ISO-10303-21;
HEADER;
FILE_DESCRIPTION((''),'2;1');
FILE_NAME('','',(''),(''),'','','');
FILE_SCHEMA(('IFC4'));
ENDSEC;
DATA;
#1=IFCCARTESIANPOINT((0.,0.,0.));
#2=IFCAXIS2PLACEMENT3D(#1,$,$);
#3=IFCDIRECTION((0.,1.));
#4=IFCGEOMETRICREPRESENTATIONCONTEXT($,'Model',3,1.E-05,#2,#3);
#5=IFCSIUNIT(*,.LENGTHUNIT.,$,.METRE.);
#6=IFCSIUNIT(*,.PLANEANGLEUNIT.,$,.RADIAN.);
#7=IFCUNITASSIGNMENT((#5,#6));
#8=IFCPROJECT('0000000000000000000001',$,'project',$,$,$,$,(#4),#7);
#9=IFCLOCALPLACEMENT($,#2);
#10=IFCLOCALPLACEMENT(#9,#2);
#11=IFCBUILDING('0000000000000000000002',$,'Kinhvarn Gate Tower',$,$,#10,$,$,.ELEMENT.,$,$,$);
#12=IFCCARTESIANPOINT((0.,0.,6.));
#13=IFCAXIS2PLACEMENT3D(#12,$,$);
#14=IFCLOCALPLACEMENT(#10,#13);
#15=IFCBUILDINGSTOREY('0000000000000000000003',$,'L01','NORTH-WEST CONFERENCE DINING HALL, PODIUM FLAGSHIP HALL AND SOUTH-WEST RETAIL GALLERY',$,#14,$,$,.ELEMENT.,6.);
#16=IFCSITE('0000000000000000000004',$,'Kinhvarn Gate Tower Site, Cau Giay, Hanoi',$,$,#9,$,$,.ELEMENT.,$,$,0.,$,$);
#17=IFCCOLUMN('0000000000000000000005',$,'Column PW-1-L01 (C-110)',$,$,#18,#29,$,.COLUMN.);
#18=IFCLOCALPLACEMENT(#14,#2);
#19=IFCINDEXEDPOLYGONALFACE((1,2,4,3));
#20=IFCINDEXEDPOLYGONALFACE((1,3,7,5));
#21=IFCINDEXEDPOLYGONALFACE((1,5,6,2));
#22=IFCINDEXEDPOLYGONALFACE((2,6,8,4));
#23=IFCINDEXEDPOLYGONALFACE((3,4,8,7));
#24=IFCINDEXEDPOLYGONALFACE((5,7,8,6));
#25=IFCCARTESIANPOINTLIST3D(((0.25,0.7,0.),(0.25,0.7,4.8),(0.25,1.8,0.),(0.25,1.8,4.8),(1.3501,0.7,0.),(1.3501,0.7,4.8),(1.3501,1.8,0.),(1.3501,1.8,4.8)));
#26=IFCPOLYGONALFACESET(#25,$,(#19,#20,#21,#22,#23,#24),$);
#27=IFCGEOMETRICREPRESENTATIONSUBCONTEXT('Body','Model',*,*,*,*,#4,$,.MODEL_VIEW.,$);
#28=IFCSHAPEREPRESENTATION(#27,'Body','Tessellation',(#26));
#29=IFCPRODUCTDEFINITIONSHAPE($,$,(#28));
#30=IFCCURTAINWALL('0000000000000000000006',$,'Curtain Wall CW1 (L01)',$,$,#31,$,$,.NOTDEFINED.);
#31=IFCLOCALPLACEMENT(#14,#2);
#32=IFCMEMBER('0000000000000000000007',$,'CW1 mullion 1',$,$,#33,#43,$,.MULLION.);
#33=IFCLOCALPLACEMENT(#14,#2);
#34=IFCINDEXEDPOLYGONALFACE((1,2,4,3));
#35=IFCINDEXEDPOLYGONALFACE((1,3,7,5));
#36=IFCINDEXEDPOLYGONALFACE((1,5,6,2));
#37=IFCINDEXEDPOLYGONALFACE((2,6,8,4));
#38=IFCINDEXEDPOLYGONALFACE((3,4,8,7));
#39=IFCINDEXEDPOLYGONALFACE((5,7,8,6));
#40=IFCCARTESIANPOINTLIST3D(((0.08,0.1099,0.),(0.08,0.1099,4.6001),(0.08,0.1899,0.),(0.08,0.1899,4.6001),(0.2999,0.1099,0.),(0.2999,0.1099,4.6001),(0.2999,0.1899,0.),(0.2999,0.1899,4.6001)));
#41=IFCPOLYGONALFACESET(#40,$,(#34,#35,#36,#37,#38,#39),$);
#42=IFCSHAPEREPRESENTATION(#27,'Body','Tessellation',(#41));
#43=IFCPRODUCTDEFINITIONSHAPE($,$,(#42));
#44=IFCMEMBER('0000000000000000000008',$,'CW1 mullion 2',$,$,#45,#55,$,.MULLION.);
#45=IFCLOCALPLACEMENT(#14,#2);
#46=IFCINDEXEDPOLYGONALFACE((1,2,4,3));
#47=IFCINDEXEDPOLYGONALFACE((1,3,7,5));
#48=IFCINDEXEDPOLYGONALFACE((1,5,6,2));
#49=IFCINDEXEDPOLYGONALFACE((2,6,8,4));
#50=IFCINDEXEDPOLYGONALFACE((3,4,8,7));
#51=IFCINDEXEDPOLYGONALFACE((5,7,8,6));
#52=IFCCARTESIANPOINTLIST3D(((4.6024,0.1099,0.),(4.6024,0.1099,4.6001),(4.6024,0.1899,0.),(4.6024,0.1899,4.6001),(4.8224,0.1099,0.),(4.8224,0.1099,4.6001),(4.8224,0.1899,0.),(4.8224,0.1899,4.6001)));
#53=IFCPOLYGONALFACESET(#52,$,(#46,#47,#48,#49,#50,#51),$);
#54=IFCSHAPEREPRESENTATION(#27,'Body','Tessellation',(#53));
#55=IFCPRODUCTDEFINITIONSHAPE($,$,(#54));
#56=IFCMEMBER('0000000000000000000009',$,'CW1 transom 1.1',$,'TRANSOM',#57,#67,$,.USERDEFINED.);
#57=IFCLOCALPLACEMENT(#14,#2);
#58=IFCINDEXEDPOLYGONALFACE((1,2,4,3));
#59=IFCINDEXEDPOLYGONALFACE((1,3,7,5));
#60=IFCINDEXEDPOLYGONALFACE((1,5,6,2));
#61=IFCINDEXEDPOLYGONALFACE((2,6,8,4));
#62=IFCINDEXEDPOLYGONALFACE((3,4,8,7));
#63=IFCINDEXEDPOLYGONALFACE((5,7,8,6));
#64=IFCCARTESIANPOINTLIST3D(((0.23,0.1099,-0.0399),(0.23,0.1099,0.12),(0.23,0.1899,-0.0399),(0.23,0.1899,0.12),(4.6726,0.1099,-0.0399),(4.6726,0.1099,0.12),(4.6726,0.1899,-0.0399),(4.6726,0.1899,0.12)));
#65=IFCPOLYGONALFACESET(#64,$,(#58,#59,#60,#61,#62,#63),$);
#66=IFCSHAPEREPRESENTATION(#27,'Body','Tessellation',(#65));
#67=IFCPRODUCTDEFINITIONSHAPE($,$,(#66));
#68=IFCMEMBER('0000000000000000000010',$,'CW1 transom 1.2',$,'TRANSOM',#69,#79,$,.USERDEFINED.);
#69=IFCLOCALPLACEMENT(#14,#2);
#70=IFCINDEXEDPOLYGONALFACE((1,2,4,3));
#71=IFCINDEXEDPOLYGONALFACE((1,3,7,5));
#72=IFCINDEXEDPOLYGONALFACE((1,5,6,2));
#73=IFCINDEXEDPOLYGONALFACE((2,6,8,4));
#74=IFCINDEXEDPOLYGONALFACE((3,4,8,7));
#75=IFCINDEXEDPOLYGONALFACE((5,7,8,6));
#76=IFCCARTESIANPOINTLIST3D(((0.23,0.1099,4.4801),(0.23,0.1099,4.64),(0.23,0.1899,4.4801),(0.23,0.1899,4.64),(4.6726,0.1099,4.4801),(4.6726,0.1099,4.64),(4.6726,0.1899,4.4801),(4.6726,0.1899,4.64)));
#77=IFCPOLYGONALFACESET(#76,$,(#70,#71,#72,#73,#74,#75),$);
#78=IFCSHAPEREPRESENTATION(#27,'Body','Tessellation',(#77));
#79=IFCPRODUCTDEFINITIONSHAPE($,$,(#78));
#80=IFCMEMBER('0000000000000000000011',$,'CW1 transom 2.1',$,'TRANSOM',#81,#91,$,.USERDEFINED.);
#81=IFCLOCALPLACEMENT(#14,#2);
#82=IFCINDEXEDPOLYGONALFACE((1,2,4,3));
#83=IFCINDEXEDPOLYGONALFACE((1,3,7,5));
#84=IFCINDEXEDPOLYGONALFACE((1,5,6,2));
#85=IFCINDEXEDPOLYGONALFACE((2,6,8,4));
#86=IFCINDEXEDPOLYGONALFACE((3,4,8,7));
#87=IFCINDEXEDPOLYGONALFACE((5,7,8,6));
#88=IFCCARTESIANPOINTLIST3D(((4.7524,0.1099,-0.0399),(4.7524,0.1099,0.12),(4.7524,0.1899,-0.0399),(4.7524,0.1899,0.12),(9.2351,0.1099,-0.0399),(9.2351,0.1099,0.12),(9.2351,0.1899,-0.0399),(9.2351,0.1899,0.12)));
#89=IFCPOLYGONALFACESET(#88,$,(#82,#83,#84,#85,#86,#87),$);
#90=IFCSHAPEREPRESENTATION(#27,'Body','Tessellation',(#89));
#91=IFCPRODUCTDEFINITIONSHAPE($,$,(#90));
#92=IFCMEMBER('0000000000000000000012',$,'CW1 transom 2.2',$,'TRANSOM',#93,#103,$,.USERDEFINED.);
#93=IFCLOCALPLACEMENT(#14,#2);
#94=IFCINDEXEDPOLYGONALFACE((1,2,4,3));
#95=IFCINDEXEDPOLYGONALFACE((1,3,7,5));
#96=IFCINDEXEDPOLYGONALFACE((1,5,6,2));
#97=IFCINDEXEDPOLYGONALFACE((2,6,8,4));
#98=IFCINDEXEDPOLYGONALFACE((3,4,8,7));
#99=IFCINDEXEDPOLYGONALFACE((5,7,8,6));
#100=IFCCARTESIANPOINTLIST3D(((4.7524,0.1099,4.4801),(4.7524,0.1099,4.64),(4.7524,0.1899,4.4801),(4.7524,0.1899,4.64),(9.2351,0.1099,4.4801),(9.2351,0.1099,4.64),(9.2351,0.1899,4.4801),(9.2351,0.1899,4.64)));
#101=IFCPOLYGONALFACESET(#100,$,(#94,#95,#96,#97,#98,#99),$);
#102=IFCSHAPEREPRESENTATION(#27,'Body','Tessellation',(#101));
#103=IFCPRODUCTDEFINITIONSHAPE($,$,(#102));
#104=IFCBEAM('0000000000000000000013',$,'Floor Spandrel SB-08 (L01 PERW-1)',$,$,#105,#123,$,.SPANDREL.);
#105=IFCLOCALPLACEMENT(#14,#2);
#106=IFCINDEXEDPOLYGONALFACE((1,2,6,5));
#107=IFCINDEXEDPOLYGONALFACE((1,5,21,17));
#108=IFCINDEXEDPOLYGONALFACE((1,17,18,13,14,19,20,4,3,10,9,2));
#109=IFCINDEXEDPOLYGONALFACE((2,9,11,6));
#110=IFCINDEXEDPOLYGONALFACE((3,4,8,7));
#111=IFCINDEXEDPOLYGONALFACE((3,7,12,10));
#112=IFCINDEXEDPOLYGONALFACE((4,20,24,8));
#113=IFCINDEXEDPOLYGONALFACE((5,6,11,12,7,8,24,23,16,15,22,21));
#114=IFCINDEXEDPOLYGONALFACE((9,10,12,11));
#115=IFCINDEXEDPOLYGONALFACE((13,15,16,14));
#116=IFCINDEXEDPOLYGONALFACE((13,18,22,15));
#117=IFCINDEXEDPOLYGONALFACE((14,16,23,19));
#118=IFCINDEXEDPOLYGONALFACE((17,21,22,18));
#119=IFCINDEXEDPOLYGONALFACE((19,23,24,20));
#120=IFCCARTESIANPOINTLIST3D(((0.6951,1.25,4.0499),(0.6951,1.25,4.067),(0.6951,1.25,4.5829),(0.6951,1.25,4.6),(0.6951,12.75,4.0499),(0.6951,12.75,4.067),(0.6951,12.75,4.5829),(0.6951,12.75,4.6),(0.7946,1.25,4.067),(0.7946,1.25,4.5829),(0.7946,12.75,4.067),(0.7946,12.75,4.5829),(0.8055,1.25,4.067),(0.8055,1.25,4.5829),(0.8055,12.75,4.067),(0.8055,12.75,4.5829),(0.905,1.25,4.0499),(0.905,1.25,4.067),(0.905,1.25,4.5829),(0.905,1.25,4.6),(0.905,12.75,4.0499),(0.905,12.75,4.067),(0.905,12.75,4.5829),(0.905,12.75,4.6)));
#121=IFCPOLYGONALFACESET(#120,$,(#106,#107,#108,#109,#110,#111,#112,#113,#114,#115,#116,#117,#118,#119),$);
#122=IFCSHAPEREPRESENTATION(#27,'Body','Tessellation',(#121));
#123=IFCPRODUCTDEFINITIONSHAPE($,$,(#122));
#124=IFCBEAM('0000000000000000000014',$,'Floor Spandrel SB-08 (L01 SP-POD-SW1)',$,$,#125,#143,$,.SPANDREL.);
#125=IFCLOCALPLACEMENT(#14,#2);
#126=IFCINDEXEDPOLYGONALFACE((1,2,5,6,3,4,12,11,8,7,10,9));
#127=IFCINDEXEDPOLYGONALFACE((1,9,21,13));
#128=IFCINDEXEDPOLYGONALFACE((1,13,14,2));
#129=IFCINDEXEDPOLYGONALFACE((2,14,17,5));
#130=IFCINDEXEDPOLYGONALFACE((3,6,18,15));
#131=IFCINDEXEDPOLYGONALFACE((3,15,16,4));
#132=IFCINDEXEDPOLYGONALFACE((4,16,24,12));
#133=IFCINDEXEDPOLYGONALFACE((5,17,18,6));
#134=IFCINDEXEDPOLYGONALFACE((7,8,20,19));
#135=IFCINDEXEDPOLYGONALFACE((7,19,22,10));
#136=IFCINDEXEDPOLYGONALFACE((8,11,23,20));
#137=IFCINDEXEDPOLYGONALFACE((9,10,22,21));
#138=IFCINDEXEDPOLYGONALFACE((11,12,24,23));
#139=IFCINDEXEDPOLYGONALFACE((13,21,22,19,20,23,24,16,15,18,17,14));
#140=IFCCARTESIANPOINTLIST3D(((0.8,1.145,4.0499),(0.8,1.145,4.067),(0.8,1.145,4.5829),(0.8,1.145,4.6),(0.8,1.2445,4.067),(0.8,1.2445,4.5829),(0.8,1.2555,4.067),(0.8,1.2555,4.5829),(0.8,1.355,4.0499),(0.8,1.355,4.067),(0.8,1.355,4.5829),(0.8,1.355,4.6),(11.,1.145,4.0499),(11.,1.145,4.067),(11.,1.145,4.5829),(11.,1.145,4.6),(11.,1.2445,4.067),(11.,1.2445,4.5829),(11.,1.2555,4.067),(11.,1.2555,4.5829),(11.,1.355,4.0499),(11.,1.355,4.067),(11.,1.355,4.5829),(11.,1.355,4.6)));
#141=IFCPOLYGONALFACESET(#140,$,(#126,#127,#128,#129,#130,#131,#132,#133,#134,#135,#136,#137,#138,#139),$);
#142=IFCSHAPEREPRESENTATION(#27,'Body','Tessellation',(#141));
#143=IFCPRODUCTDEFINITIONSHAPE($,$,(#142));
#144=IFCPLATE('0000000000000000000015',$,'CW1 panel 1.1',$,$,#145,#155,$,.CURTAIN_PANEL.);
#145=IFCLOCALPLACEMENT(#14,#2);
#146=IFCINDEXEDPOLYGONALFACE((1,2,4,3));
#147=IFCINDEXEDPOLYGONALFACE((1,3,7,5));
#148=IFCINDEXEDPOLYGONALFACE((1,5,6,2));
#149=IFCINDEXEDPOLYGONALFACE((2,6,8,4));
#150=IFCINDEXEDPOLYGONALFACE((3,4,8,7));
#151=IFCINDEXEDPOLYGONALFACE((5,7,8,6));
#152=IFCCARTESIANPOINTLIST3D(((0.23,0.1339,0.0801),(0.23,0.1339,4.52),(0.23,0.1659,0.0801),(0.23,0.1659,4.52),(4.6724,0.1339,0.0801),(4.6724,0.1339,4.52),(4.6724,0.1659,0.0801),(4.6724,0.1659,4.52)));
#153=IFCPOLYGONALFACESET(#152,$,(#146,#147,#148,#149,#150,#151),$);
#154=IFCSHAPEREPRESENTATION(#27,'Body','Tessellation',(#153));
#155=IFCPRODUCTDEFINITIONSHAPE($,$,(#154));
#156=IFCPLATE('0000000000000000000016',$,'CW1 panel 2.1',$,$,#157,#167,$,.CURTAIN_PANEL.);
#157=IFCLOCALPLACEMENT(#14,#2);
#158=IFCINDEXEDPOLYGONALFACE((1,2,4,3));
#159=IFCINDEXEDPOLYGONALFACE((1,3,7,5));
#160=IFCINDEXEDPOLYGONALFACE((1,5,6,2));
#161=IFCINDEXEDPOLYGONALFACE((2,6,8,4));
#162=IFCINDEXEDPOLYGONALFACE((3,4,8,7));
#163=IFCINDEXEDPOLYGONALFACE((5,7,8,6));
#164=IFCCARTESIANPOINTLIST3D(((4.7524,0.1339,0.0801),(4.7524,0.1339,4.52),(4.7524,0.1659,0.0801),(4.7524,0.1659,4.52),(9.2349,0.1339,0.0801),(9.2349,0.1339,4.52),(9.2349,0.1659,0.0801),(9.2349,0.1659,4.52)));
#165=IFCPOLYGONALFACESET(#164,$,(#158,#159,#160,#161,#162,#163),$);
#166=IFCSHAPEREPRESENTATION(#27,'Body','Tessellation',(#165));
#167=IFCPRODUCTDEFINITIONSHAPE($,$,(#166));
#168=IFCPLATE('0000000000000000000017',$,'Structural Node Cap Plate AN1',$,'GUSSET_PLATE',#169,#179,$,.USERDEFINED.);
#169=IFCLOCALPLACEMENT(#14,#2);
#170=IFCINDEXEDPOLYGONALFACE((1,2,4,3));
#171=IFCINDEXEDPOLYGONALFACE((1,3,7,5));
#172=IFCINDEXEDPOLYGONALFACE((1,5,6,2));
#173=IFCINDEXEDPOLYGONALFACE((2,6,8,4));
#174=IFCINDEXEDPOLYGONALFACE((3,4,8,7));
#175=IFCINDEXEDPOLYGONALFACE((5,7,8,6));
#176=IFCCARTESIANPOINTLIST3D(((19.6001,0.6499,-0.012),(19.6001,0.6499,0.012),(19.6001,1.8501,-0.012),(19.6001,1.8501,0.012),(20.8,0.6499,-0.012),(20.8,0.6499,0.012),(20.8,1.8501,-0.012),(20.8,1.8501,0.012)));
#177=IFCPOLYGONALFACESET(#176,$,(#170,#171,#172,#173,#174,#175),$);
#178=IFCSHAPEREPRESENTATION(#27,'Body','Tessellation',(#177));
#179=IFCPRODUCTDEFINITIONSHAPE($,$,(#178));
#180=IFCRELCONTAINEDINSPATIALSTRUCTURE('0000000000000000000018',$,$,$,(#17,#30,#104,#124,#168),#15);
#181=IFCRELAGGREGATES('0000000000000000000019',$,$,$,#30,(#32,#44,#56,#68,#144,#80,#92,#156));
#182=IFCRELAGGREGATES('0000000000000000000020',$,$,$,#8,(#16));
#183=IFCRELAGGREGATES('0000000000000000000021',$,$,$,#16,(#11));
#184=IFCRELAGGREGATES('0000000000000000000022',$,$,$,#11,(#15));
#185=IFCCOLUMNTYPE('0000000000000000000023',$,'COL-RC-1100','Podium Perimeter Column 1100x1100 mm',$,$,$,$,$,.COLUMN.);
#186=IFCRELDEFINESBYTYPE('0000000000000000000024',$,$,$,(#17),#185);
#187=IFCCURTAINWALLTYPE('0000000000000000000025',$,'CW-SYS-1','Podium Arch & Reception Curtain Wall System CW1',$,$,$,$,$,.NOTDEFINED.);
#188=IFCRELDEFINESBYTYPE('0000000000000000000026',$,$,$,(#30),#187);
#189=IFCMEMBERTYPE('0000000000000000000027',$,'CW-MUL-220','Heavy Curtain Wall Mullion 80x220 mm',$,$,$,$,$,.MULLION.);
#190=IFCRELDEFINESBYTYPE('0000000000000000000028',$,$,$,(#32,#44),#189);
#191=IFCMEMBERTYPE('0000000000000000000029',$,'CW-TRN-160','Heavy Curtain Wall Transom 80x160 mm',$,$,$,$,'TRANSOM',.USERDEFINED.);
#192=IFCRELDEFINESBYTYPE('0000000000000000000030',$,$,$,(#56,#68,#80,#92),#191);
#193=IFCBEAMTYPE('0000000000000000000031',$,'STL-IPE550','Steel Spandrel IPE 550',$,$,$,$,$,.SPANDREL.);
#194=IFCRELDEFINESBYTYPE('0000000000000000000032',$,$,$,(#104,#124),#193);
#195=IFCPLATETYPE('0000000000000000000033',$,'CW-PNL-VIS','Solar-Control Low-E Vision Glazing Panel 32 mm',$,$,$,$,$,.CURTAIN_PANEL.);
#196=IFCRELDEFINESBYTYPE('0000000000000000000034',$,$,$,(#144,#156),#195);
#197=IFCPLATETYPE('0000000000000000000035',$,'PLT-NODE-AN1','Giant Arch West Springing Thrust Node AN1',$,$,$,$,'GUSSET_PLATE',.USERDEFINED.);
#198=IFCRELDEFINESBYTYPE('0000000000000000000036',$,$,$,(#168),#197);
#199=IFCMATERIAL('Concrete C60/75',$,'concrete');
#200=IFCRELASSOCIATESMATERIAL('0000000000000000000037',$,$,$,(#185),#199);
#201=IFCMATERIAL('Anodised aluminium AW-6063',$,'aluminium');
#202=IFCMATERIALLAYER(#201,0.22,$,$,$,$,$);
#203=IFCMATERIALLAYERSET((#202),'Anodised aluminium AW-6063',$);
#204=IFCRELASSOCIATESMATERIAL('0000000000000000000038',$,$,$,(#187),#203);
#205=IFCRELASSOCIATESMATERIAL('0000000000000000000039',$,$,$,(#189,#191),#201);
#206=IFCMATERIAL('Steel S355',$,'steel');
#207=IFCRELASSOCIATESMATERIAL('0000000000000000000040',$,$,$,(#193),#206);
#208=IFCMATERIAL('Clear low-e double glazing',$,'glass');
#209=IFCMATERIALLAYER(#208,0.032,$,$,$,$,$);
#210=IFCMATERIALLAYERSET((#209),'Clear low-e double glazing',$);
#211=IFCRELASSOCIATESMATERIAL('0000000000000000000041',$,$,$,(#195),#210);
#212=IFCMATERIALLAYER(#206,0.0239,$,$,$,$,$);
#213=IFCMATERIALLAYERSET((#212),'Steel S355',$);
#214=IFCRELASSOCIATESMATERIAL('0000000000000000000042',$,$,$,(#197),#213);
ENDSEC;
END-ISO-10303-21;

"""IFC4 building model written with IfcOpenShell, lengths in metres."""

from ifc_helpers import new_model, si_unit, direction, frame, origin, origin_2d, place, context, subcontext, project, spatial, polyline, rectangle, i_section, outline, extrude, material, layer, layer_set, material_profile, profile_set, type_object, element, aggregate, save


model = new_model("IFC4")

# Units and contexts
model_context = context("Model", 3, precision=1e-05, world=origin(), true_north=direction((0.0, 1.0)))
body_context = subcontext(model_context, "Body", "Model", "MODEL_VIEW")
ifc_project = project(units=[si_unit("LENGTHUNIT", "METRE"), si_unit("PLANEANGLEUNIT", "RADIAN")], contexts=[model_context])

# Site, building, storey
site_placement = place(None, origin())
site = spatial("IfcSite", under=ifc_project, at=site_placement, Name="Kinhvarn Gate Tower Site, Cau Giay, Hanoi", CompositionType="ELEMENT", RefElevation=0.0)
building_placement = place(site_placement, origin())
building = spatial("IfcBuilding", under=site, at=building_placement, Name="Kinhvarn Gate Tower", CompositionType="ELEMENT")
storey_placement = place(building_placement, frame((0.0, 0.0, 6.0)))
storey = spatial("IfcBuildingStorey", under=building, at=storey_placement, Name="L01", Description="NORTH-WEST CONFERENCE DINING HALL, PODIUM FLAGSHIP HALL AND SOUTH-WEST RETAIL GALLERY", CompositionType="ELEMENT", Elevation=6.0)

# Column
ifc_material_1 = material(Name="Concrete C60/75", Category="concrete")
ifc_material_profile_1 = material_profile(ifc_material_1, rectangle(XDim=1.1001, YDim=1.1001, at=origin_2d()), Name="RC 1100x1100")
ifc_profile_set_1 = profile_set([ifc_material_profile_1], Name="Concrete C60/75")
column_type = type_object("IfcColumnType", Name="COL-RC-1100", Description="Podium Perimeter Column 1100x1100 mm", PredefinedType="COLUMN", material=ifc_profile_set_1)
column_placement = place(storey_placement, frame((0.8, 1.25, 0.0), z_axis=(0.0, 0.0, 1.0), x_axis=(1.0, 0.0, 0.0)))
element("IfcColumn", 1, at=column_placement, inside=storey, type_object=column_type, Name="Column PW-1-L01 (C-110)", PredefinedType="COLUMN", context=body_context, shape_type="SweptSolid", body=[
    extrude(rectangle(XDim=1.1001, YDim=1.1001, at=origin_2d()), origin(), (0.0, 0.0, 1.0), 4.8),
])

# Curtain wall, members
ifc_material_2 = material(Name="Anodised aluminium AW-6063", Category="aluminium")
ifc_layer_1 = layer(ifc_material_2, 0.22)
ifc_layer_set_1 = layer_set([ifc_layer_1], Name="Anodised aluminium AW-6063")
curtain_wall_type = type_object("IfcCurtainWallType", Name="CW-SYS-1", Description="Podium Arch & Reception Curtain Wall System CW1", PredefinedType="NOTDEFINED", material=ifc_layer_set_1)
curtain_wall_placement = place(storey_placement, origin())
curtain_wall = element("IfcCurtainWall", 2, at=curtain_wall_placement, inside=storey, type_object=curtain_wall_type, Name="Curtain Wall CW1 (L01)", PredefinedType="NOTDEFINED")
ifc_material_profile_2 = material_profile(ifc_material_2, rectangle(XDim=0.0801, YDim=0.22, at=origin_2d()), Name="ALU 80x220")
ifc_profile_set_2 = profile_set([ifc_material_profile_2], Name="Anodised aluminium AW-6063")
member_type_1 = type_object("IfcMemberType", Name="CW-MUL-220", Description="Heavy Curtain Wall Mullion 80x220 mm", PredefinedType="MULLION", material=ifc_profile_set_2)
member_1_placement = place(storey_placement, frame((0.1899, 0.1499, 0.0), z_axis=(0.0, 0.0, 1.0), x_axis=(0.0, 1.0, 0.0)))
member_1 = element("IfcMember", 3, at=member_1_placement, type_object=member_type_1, Name="CW1 mullion 1", PredefinedType="MULLION", context=body_context, shape_type="SweptSolid", body=[
    extrude(rectangle(XDim=0.0801, YDim=0.22, at=origin_2d()), origin(), (0.0, 0.0, 1.0), 4.6001),
])
member_2_placement = place(storey_placement, frame((4.7124, 0.1499, 0.0), z_axis=(0.0, 0.0, 1.0), x_axis=(0.0, 1.0, 0.0)))
member_2 = element("IfcMember", 4, at=member_2_placement, type_object=member_type_1, Name="CW1 mullion 2", PredefinedType="MULLION", context=body_context, shape_type="SweptSolid", body=[
    extrude(rectangle(XDim=0.0801, YDim=0.22, at=origin_2d()), origin(), (0.0, 0.0, 1.0), 4.6001),
])
ifc_material_profile_3 = material_profile(ifc_material_2, rectangle(XDim=0.0801, YDim=0.1599, at=origin_2d()), Name="ALU 80x160")
ifc_profile_set_3 = profile_set([ifc_material_profile_3], Name="Anodised aluminium AW-6063")
member_type_2 = type_object("IfcMemberType", Name="CW-TRN-160", Description="Heavy Curtain Wall Transom 80x160 mm", ElementType="TRANSOM", PredefinedType="USERDEFINED", material=ifc_profile_set_3)
member_3_placement = place(storey_placement, frame((0.23, 0.1499, 0.04), z_axis=(1.0, 0.0, 0.0), x_axis=(0.0, 1.0, 0.0)))
member_3 = element("IfcMember", 5, at=member_3_placement, type_object=member_type_2, Name="CW1 transom 1.1", ObjectType="TRANSOM", PredefinedType="USERDEFINED", context=body_context, shape_type="SweptSolid", body=[
    extrude(rectangle(XDim=0.0801, YDim=0.1599, at=origin_2d()), origin(), (0.0, 0.0, 1.0), 4.4426),
])
member_4_placement = place(storey_placement, frame((0.23, 0.1499, 4.5601), z_axis=(1.0, 0.0, 0.0), x_axis=(0.0, 1.0, 0.0)))
member_4 = element("IfcMember", 6, at=member_4_placement, type_object=member_type_2, Name="CW1 transom 1.2", ObjectType="TRANSOM", PredefinedType="USERDEFINED", context=body_context, shape_type="SweptSolid", body=[
    extrude(rectangle(XDim=0.0801, YDim=0.1599, at=origin_2d()), origin(), (0.0, 0.0, 1.0), 4.4426),
])
member_5_placement = place(storey_placement, frame((4.7524, 0.1499, 0.04), z_axis=(1.0, 0.0, 0.0), x_axis=(0.0, 1.0, 0.0)))
member_5 = element("IfcMember", 7, at=member_5_placement, type_object=member_type_2, Name="CW1 transom 2.1", ObjectType="TRANSOM", PredefinedType="USERDEFINED", context=body_context, shape_type="SweptSolid", body=[
    extrude(rectangle(XDim=0.0801, YDim=0.1599, at=origin_2d()), origin(), (0.0, 0.0, 1.0), 4.4827),
])
member_6_placement = place(storey_placement, frame((4.7524, 0.1499, 4.5601), z_axis=(1.0, 0.0, 0.0), x_axis=(0.0, 1.0, 0.0)))
member_6 = element("IfcMember", 8, at=member_6_placement, type_object=member_type_2, Name="CW1 transom 2.2", ObjectType="TRANSOM", PredefinedType="USERDEFINED", context=body_context, shape_type="SweptSolid", body=[
    extrude(rectangle(XDim=0.0801, YDim=0.1599, at=origin_2d()), origin(), (0.0, 0.0, 1.0), 4.4827),
])

# Beams
ifc_material_3 = material(Name="Steel S355", Category="steel")
ifc_material_profile_4 = material_profile(ifc_material_3, i_section(OverallWidth=0.21, OverallDepth=0.55, WebThickness=0.011, FlangeThickness=0.0171, at=origin_2d()), Name="IPE 550")
ifc_profile_set_4 = profile_set([ifc_material_profile_4], Name="Steel S355")
beam_type = type_object("IfcBeamType", Name="STL-IPE550", Description="Steel Spandrel IPE 550", PredefinedType="SPANDREL", material=ifc_profile_set_4)
beam_1_placement = place(storey_placement, frame((0.8, 1.25, 4.325), z_axis=(0.0, 1.0, 0.0), x_axis=(-1.0, 0.0, 0.0)))
element("IfcBeam", 9, at=beam_1_placement, inside=storey, type_object=beam_type, Name="Floor Spandrel SB-08 (L01 PERW-1)", PredefinedType="SPANDREL", context=body_context, shape_type="SweptSolid", body=[
    extrude(i_section(OverallWidth=0.21, OverallDepth=0.55, WebThickness=0.011, FlangeThickness=0.0171, at=origin_2d()), origin(), (0.0, 0.0, 1.0), 11.5),
])
beam_2_placement = place(storey_placement, frame((0.8, 1.25, 4.325), z_axis=(1.0, 0.0, 0.0), x_axis=(0.0, 1.0, 0.0)))
element("IfcBeam", 10, at=beam_2_placement, inside=storey, type_object=beam_type, Name="Floor Spandrel SB-08 (L01 SP-POD-SW1)", PredefinedType="SPANDREL", context=body_context, shape_type="SweptSolid", body=[
    extrude(i_section(OverallWidth=0.21, OverallDepth=0.55, WebThickness=0.011, FlangeThickness=0.0171, at=origin_2d()), origin(), (0.0, 0.0, 1.0), 10.2),
])

# Plates
ifc_material_4 = material(Name="Clear low-e double glazing", Category="glass")
ifc_layer_2 = layer(ifc_material_4, 0.032)
ifc_layer_set_2 = layer_set([ifc_layer_2], Name="Clear low-e double glazing")
plate_type_1 = type_object("IfcPlateType", Name="CW-PNL-VIS", Description="Solar-Control Low-E Vision Glazing Panel 32 mm", PredefinedType="CURTAIN_PANEL", material=ifc_layer_set_2)
plate_1_placement = place(storey_placement, frame((2.4512, 0.1499, 0.0801), z_axis=(0.0, 0.0, 1.0), x_axis=(1.0, 0.0, 0.0)))
plate_1 = element("IfcPlate", 11, at=plate_1_placement, type_object=plate_type_1, Name="CW1 panel 1.1", PredefinedType="CURTAIN_PANEL", context=body_context, shape_type="SweptSolid", body=[
    extrude(rectangle(XDim=4.4424, YDim=0.032, at=origin_2d()), origin(), (0.0, 0.0, 1.0), 4.4399),
])
plate_2_placement = place(storey_placement, frame((6.9937, 0.1499, 0.0801), z_axis=(0.0, 0.0, 1.0), x_axis=(1.0, 0.0, 0.0)))
plate_2 = element("IfcPlate", 12, at=plate_2_placement, type_object=plate_type_1, Name="CW1 panel 2.1", PredefinedType="CURTAIN_PANEL", context=body_context, shape_type="SweptSolid", body=[
    extrude(rectangle(XDim=4.4824, YDim=0.032, at=origin_2d()), origin(), (0.0, 0.0, 1.0), 4.4399),
])
aggregate(curtain_wall, [member_1, member_2, member_3, member_4, plate_1, member_5, member_6, plate_2])

# Plate
ifc_layer_3 = layer(ifc_material_3, 0.0239)
ifc_layer_set_3 = layer_set([ifc_layer_3], Name="Steel S355")
plate_type_2 = type_object("IfcPlateType", Name="PLT-NODE-AN1", Description="Giant Arch West Springing Thrust Node AN1", ElementType="GUSSET_PLATE", PredefinedType="USERDEFINED", material=ifc_layer_set_3)
plate_3_placement = place(storey_placement, frame((0.0, 0.0, -0.012)))
element("IfcPlate", 13, at=plate_3_placement, inside=storey, type_object=plate_type_2, Name="Structural Node Cap Plate AN1", ObjectType="GUSSET_PLATE", PredefinedType="USERDEFINED", context=body_context, shape_type="SweptSolid", body=[
    extrude(outline(polyline([(19.6001, 0.6499), (20.8, 0.6499), (20.8, 1.8501), (19.6001, 1.8501), (19.6001, 0.6499)])), origin(), (0.0, 0.0, 1.0), 0.0239),
])

save(model, "model.ifc")
